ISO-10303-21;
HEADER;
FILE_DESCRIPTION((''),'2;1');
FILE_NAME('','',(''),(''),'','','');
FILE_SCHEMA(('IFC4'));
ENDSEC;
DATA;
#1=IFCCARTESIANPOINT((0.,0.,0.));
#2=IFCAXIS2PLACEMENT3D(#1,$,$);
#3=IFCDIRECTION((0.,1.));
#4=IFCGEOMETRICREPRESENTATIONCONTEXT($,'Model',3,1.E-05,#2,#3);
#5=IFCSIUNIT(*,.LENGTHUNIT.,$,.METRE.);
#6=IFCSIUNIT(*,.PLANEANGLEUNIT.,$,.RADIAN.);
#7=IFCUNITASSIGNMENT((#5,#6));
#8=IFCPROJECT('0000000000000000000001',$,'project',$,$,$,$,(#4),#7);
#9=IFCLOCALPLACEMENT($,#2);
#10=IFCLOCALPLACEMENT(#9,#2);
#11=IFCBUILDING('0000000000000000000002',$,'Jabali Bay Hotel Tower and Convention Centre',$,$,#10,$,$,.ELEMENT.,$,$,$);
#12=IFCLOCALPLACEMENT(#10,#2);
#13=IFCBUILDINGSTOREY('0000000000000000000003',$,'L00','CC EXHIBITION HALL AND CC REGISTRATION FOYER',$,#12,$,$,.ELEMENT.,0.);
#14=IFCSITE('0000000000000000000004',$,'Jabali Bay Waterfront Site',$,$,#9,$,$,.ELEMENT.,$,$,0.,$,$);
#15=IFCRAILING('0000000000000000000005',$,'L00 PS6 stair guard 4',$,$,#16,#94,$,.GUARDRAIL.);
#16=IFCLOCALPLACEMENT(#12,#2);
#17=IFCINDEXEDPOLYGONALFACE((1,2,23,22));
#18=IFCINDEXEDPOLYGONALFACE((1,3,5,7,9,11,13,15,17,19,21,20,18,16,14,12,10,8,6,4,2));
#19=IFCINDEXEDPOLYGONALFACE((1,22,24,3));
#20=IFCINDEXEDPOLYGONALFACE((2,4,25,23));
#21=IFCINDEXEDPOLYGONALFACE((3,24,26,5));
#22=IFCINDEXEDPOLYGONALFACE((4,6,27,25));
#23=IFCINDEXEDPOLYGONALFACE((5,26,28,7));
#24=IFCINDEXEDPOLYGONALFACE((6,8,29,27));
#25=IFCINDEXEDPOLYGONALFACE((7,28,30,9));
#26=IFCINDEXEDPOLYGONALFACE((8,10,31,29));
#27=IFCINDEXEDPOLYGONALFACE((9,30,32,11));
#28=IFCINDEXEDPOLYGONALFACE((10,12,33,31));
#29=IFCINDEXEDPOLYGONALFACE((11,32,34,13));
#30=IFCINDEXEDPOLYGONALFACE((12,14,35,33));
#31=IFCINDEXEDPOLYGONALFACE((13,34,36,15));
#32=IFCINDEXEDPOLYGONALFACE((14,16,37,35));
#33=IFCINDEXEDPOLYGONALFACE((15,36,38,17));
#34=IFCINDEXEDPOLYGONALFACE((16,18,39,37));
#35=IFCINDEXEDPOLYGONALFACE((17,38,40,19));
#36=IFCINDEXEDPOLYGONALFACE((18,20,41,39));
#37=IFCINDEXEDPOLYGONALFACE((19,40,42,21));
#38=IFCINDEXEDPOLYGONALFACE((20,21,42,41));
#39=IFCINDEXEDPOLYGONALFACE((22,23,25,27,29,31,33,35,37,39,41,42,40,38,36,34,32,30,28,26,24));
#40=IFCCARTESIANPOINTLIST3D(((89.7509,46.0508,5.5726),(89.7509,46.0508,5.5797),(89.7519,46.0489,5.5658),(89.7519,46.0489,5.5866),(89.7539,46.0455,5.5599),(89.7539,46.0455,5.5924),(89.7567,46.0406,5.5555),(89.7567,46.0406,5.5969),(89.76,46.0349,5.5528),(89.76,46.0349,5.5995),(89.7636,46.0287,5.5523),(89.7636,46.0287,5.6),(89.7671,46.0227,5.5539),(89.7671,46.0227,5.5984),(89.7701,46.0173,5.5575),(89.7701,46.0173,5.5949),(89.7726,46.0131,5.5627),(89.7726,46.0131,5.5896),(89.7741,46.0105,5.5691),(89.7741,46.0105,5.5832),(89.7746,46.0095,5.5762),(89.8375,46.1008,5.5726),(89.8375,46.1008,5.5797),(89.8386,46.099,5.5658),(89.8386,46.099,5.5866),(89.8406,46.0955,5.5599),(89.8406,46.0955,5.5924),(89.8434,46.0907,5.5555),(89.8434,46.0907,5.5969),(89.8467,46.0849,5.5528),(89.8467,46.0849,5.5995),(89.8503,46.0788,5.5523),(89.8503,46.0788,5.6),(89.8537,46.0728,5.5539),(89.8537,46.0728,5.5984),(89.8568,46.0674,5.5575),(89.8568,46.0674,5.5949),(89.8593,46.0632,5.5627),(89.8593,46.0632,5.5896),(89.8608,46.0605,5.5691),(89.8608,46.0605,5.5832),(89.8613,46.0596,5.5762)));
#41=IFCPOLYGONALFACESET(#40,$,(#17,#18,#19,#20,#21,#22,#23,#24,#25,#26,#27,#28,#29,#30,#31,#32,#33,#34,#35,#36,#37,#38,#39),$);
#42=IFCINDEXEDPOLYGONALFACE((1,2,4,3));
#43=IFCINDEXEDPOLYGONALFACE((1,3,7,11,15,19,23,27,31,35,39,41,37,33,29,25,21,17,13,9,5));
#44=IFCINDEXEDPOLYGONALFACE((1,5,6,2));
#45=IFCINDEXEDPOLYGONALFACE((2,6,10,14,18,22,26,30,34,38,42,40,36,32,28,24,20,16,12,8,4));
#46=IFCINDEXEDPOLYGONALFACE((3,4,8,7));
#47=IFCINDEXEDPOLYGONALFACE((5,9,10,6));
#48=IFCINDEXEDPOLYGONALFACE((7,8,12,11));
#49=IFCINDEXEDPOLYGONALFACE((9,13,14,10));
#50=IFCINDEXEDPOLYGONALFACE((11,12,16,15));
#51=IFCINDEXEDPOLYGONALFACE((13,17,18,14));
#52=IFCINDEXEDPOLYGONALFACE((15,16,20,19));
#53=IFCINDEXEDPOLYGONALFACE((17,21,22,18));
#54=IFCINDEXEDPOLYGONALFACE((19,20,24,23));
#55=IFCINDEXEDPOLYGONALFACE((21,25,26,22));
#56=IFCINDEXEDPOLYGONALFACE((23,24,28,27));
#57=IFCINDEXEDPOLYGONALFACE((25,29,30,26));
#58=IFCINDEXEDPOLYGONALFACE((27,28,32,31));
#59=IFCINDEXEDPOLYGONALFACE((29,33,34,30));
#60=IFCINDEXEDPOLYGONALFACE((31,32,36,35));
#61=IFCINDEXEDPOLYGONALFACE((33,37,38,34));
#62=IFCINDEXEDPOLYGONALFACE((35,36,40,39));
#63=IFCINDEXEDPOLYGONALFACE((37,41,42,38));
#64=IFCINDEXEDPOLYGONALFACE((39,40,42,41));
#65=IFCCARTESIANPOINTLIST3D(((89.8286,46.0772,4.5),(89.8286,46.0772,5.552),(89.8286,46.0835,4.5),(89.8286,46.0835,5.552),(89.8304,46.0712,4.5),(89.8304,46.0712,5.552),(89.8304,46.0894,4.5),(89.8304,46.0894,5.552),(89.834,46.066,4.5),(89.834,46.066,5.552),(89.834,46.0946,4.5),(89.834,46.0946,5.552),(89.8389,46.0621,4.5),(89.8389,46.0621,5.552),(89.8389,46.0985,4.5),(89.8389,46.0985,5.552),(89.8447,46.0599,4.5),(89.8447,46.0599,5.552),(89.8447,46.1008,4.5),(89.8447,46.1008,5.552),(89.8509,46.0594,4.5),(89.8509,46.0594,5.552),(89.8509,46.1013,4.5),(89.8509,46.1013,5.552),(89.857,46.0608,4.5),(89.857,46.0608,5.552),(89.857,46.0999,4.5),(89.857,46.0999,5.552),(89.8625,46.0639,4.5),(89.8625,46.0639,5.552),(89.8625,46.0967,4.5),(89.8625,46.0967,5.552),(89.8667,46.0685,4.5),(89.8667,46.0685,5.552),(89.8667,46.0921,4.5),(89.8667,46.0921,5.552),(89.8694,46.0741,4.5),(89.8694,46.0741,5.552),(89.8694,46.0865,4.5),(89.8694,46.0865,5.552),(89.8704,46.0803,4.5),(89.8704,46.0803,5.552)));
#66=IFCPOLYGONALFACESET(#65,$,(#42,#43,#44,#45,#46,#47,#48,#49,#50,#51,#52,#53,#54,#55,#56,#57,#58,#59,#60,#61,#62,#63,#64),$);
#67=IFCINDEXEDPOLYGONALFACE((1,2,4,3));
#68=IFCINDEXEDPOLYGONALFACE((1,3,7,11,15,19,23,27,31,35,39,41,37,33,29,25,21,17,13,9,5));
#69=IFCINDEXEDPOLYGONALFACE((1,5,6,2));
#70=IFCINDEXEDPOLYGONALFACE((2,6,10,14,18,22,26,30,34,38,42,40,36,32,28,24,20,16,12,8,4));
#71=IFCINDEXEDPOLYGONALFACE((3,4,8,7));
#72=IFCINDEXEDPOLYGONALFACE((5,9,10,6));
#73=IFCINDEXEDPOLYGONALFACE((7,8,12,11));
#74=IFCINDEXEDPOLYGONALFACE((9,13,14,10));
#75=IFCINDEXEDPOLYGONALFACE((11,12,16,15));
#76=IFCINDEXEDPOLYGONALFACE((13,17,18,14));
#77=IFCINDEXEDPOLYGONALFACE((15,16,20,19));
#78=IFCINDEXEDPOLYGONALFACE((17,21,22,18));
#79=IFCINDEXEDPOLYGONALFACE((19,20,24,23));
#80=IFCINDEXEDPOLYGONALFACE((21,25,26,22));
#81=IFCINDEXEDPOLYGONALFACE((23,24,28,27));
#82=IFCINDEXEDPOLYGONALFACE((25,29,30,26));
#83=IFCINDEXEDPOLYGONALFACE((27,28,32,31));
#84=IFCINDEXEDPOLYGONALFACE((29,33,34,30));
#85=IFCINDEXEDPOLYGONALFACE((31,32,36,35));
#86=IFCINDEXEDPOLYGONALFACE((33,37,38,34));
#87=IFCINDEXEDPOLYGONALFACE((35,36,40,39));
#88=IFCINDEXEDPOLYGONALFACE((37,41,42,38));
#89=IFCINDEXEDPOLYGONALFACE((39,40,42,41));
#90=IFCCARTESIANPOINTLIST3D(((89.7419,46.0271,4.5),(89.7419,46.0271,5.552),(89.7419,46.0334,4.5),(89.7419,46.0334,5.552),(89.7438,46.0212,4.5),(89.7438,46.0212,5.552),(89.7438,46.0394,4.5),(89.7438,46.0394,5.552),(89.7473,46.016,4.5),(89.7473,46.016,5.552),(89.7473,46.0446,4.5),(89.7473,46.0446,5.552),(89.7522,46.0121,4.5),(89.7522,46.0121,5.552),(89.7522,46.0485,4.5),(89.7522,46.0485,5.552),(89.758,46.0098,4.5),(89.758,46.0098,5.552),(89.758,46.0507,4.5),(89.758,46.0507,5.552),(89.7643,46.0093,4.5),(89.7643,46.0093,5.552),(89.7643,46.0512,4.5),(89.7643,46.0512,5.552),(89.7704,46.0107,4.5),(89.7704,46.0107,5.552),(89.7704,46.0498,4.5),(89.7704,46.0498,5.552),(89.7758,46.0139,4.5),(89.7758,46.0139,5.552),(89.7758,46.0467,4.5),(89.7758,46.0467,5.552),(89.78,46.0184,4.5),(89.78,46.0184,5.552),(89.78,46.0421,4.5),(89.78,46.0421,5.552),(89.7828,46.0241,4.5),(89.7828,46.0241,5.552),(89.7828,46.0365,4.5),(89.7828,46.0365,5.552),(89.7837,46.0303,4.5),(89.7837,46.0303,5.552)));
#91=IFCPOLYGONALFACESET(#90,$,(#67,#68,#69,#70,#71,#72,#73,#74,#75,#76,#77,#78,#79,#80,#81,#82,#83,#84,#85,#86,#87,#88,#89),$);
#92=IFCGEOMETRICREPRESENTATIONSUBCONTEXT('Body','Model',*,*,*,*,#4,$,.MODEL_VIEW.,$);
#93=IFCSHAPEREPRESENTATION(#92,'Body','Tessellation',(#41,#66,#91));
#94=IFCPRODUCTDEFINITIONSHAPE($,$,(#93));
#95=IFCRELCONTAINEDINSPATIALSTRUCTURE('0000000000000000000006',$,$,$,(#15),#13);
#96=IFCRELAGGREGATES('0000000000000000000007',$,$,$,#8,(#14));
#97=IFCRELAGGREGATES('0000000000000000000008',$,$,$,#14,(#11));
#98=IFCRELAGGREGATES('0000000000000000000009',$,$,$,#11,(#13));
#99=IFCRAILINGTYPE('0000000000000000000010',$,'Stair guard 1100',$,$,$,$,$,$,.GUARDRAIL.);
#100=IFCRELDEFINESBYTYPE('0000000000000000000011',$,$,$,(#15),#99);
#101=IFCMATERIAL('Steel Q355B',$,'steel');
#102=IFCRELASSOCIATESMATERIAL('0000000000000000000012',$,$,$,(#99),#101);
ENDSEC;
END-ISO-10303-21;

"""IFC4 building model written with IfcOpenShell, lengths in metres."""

from ifc_helpers import new_model, si_unit, direction, frame, origin, origin_2d, place, context, subcontext, project, spatial, circle, extrude, material, type_object, element, save


model = new_model("IFC4")

# Units and contexts
model_context = context("Model", 3, precision=1e-05, world=origin(), true_north=direction((0.0, 1.0)))
body_context = subcontext(model_context, "Body", "Model", "MODEL_VIEW")
ifc_project = project(units=[si_unit("LENGTHUNIT", "METRE"), si_unit("PLANEANGLEUNIT", "RADIAN")], contexts=[model_context])

# Site, building, storey
site_placement = place(None, origin())
site = spatial("IfcSite", under=ifc_project, at=site_placement, Name="Jabali Bay Waterfront Site", CompositionType="ELEMENT", RefElevation=0.0)
building_placement = place(site_placement, origin())
building = spatial("IfcBuilding", under=site, at=building_placement, Name="Jabali Bay Hotel Tower and Convention Centre", CompositionType="ELEMENT")
storey_placement = place(building_placement, origin())
storey = spatial("IfcBuildingStorey", under=building, at=storey_placement, Name="L00", Description="CC EXHIBITION HALL AND CC REGISTRATION FOYER", CompositionType="ELEMENT", Elevation=0.0)

# Railing
ifc_material_1 = material(Name="Steel Q355B", Category="steel")
railing_type_1 = type_object("IfcRailingType", Name="Stair guard 1100", PredefinedType="GUARDRAIL", material=ifc_material_1)
railing_1_placement = place(storey_placement, frame((89.8494, 46.0803, 4.5)))
element("IfcRailing", 1, at=railing_1_placement, inside=storey, type_object=railing_type_1, Name="L00 PS6 stair guard 4", PredefinedType="GUARDRAIL", context=body_context, shape_type="SweptSolid", body=[
    extrude(circle(Radius=0.0239, at=origin_2d()), frame((0.0, 0.0, 1.0762), z_axis=(-0.865982, -0.500074, 0.0), x_axis=(0.500074, -0.865982, 0.0)), (0.0, 0.0, 1.0), 0.1001),
    extrude(circle(Radius=0.021, at=origin_2d()), origin(), (0.0, 0.0, 1.0), 1.052),
    extrude(circle(Radius=0.021, at=origin_2d()), frame((-0.0867, -0.05, 0.0)), (0.0, 0.0, 1.0), 1.052),
])

save(model, "model.ifc")
